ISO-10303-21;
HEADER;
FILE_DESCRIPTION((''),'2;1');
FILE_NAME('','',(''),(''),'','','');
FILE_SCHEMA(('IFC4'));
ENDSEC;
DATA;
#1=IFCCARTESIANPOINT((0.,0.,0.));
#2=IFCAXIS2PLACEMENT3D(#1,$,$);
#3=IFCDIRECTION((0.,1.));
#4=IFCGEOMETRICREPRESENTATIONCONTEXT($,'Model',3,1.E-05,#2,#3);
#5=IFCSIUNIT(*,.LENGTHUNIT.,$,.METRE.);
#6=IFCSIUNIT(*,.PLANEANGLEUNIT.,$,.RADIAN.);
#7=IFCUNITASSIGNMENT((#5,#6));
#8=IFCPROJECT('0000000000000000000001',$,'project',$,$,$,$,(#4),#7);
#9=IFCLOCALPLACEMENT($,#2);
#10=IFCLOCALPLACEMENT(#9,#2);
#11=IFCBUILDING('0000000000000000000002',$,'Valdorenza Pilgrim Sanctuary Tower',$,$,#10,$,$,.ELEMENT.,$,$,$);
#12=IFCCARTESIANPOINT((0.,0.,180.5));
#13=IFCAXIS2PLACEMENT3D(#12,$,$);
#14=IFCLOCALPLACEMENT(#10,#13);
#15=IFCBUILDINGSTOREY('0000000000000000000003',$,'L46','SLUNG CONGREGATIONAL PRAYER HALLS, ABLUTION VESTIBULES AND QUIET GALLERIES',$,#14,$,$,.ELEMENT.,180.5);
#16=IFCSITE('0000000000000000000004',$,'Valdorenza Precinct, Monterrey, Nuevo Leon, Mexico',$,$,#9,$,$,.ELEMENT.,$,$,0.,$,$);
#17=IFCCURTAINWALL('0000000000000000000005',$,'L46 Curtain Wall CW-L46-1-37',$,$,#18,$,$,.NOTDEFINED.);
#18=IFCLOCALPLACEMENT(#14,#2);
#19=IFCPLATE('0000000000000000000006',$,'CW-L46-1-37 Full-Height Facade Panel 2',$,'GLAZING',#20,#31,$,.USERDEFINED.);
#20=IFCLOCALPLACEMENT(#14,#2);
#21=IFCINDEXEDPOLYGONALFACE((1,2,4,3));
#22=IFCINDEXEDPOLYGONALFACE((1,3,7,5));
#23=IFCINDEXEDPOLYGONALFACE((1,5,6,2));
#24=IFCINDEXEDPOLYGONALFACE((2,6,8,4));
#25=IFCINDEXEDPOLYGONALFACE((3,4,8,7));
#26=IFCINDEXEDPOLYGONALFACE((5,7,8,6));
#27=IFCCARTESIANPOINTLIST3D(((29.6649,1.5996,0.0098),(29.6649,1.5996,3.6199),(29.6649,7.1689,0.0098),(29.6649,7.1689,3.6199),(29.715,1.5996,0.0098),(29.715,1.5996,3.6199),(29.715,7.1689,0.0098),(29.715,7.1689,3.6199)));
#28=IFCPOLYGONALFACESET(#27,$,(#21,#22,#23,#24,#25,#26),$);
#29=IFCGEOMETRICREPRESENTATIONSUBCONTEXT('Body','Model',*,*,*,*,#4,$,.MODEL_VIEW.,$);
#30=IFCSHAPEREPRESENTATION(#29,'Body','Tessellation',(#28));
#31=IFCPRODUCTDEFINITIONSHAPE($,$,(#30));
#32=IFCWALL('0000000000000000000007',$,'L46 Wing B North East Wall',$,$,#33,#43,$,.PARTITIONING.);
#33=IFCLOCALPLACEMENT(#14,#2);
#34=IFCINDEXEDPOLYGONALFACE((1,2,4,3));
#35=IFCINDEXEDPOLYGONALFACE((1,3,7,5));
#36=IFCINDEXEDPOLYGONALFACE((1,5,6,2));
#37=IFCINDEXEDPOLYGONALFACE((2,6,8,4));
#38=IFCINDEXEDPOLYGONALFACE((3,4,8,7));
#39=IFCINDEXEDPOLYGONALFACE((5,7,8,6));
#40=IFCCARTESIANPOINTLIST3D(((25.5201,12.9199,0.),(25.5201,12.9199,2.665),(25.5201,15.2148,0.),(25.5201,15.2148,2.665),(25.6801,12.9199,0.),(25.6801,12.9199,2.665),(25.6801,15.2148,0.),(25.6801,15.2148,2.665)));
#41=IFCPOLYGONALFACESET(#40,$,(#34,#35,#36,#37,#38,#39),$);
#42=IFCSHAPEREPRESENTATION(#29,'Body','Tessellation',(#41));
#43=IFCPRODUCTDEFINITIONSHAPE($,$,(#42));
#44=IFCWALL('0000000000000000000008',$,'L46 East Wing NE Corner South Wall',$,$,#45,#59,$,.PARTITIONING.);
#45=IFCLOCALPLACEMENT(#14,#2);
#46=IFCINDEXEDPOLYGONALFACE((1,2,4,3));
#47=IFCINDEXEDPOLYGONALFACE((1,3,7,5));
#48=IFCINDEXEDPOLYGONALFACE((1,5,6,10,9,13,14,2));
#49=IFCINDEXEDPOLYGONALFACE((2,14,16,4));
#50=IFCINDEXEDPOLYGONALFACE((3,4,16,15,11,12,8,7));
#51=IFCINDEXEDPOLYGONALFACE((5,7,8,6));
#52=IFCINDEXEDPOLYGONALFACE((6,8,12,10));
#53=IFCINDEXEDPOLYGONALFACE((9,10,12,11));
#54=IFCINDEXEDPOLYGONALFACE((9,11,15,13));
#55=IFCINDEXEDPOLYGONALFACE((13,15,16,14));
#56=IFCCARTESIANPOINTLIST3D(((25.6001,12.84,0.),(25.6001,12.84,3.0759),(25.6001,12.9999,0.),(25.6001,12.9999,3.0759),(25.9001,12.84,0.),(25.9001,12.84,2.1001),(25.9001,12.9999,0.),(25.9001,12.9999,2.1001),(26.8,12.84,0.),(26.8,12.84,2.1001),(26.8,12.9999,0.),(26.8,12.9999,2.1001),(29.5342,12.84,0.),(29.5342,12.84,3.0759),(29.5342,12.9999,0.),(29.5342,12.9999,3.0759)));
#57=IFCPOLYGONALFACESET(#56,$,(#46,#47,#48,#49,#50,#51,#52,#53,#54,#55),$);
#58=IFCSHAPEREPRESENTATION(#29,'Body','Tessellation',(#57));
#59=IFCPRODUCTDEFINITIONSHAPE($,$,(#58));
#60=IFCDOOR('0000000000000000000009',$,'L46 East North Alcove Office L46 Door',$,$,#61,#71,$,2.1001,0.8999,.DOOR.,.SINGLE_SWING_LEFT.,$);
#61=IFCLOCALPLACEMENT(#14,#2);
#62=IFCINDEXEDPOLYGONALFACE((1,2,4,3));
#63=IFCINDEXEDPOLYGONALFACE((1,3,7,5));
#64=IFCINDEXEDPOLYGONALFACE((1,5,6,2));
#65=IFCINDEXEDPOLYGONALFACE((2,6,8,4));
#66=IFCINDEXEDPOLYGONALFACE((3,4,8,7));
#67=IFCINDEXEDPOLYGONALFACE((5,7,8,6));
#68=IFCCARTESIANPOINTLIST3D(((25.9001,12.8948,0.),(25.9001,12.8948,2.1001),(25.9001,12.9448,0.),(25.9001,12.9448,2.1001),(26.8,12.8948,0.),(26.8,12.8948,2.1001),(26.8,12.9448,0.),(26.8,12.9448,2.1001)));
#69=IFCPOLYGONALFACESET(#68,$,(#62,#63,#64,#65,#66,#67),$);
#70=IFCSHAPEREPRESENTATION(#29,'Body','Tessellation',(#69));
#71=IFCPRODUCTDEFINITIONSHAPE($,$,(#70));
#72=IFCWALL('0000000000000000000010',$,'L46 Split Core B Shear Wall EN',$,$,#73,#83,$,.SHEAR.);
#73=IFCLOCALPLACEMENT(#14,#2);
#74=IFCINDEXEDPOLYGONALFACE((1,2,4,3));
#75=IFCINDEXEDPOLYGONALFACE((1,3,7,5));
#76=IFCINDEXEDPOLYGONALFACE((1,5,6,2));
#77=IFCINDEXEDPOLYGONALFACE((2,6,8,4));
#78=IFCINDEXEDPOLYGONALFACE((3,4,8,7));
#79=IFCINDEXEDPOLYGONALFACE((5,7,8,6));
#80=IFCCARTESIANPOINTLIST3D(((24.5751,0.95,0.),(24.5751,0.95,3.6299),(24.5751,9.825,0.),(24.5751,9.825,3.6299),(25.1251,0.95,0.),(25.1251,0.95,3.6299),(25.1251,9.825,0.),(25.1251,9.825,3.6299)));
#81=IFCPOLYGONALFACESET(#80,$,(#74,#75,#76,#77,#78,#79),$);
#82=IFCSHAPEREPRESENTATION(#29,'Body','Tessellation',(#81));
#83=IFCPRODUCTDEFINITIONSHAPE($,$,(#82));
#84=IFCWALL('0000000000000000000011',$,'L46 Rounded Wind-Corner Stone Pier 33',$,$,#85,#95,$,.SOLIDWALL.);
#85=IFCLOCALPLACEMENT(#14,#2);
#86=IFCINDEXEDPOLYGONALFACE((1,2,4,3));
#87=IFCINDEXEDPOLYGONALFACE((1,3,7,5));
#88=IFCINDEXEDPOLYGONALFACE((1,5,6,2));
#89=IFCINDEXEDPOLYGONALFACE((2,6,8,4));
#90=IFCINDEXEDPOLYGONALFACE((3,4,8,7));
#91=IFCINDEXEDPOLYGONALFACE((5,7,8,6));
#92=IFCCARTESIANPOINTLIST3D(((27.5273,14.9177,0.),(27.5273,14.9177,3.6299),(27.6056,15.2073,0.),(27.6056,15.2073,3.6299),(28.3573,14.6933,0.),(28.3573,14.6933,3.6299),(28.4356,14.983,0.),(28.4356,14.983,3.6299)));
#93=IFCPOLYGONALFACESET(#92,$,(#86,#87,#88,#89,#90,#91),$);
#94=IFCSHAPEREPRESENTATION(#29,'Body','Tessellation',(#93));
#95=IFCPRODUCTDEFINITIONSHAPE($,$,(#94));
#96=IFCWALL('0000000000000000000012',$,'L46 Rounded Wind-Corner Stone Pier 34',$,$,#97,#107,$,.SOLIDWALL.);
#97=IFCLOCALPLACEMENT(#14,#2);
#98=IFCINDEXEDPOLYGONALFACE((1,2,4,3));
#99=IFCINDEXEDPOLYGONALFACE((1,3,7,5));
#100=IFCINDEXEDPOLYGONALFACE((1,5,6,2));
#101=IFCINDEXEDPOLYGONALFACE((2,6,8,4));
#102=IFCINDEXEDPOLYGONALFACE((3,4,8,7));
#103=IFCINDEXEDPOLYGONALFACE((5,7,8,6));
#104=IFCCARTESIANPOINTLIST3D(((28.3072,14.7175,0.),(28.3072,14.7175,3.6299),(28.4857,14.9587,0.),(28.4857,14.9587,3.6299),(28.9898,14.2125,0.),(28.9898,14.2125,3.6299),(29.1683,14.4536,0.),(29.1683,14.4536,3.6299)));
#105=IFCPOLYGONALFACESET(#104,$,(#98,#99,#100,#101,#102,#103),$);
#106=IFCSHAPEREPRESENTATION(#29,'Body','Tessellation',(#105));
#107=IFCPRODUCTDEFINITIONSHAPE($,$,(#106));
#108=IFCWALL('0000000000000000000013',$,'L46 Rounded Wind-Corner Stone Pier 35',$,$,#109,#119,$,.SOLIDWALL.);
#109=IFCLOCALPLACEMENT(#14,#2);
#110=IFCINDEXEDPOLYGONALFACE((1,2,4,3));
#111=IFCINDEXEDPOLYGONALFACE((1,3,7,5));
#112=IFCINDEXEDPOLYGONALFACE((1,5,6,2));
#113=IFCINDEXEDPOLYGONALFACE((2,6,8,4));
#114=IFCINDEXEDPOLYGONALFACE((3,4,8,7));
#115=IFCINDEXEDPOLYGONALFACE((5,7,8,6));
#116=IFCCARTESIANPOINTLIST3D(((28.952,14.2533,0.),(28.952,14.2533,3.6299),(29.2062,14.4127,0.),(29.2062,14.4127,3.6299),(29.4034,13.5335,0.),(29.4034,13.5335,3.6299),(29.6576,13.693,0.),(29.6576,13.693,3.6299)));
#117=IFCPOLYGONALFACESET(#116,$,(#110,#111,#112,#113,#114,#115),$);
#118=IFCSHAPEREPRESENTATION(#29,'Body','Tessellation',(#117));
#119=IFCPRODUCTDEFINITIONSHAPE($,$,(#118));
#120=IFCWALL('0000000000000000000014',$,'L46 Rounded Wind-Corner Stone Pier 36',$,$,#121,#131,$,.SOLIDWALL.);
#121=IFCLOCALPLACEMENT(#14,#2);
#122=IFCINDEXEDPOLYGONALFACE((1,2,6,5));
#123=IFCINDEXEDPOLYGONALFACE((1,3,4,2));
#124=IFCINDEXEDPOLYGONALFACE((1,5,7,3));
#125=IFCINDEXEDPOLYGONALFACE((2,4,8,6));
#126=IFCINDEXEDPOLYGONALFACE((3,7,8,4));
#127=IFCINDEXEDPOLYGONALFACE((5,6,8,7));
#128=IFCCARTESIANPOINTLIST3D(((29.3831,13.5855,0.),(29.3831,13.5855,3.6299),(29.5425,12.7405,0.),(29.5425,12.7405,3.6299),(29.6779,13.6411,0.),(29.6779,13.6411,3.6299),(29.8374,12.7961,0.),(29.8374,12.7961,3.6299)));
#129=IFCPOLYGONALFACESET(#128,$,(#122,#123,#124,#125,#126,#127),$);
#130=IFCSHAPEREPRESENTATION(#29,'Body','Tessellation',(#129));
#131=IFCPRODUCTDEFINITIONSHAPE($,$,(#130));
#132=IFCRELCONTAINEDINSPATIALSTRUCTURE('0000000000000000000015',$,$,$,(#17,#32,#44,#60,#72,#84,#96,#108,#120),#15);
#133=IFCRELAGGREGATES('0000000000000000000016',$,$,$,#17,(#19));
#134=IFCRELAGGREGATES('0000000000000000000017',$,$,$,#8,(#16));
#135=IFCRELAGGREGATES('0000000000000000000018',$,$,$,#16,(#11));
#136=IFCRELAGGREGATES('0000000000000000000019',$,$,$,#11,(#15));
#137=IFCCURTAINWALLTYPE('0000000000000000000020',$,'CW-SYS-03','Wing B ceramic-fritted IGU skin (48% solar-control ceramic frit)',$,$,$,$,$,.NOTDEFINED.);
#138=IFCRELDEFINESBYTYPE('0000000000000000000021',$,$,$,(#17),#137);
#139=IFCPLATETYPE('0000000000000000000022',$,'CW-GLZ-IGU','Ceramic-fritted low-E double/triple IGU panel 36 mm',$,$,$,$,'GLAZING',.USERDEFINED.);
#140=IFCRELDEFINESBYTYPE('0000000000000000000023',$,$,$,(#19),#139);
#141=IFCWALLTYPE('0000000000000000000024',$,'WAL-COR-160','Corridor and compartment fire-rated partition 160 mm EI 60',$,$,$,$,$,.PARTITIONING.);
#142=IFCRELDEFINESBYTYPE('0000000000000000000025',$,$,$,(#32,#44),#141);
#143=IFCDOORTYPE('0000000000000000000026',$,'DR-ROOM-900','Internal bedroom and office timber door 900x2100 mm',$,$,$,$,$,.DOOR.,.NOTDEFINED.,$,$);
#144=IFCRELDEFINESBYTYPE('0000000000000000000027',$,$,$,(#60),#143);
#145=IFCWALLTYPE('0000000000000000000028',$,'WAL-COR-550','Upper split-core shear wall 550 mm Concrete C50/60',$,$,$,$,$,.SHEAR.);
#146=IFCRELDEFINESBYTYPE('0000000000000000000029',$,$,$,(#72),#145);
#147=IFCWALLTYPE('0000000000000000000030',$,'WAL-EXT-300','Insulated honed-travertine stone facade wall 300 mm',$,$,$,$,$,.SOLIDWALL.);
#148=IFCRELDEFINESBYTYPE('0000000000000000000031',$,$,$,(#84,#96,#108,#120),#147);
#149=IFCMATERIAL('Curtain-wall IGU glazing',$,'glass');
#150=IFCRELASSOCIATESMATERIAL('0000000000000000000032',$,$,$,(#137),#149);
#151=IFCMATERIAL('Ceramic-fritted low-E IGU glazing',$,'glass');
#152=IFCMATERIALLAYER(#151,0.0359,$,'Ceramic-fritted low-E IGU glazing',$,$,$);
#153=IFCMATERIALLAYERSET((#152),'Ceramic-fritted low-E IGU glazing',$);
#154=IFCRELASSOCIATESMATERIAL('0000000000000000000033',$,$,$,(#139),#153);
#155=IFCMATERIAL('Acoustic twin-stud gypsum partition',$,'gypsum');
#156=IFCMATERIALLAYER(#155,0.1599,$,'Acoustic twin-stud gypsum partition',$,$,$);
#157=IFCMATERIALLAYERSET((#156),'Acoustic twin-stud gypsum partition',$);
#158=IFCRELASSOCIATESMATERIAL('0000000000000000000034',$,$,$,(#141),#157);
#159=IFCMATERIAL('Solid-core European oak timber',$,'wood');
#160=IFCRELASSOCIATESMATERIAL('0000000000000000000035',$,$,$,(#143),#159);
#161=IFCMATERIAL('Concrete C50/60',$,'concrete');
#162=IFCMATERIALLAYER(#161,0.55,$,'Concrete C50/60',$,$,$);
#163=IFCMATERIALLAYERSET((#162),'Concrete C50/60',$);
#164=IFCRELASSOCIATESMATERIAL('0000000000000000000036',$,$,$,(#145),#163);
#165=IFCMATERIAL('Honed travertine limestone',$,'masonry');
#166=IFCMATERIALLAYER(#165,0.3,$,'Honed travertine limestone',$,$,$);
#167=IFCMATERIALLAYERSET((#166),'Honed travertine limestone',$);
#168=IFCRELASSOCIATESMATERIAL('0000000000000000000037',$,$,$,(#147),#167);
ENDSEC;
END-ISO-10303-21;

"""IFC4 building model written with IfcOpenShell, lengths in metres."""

from ifc_helpers import new_model, si_unit, direction, frame, frame_2d, origin, origin_2d, place, context, subcontext, project, spatial, rectangle, extrude, source, transform, mapped, material, layer, layer_set, type_object, element, fill, aggregate, save


model = new_model("IFC4")

# Units and contexts
model_context = context("Model", 3, precision=1e-05, world=origin(), true_north=direction((0.0, 1.0)))
body_context = subcontext(model_context, "Body", "Model", "MODEL_VIEW")
ifc_project = project(units=[si_unit("LENGTHUNIT", "METRE"), si_unit("PLANEANGLEUNIT", "RADIAN")], contexts=[model_context])

# Site, building, storey
site_placement = place(None, origin())
site = spatial("IfcSite", under=ifc_project, at=site_placement, Name="Valdorenza Precinct, Monterrey, Nuevo Leon, Mexico", CompositionType="ELEMENT", RefElevation=0.0)
building_placement = place(site_placement, origin())
building = spatial("IfcBuilding", under=site, at=building_placement, Name="Valdorenza Pilgrim Sanctuary Tower", CompositionType="ELEMENT")
storey_placement = place(building_placement, frame((0.0, 0.0, 180.5)))
storey = spatial("IfcBuildingStorey", under=building, at=storey_placement, Name="L46", Description="SLUNG CONGREGATIONAL PRAYER HALLS, ABLUTION VESTIBULES AND QUIET GALLERIES", CompositionType="ELEMENT", Elevation=180.5)

# Shared definitions
ifc_material_1 = material(Name="Concrete C50/60", Category="concrete")

# Curtain wall
ifc_material_2 = material(Name="Curtain-wall IGU glazing", Category="glass")
curtain_wall_type = type_object("IfcCurtainWallType", Name="CW-SYS-03", Description="Wing B ceramic-fritted IGU skin (48% solar-control ceramic frit)", PredefinedType="NOTDEFINED", material=ifc_material_2)
curtain_wall_1_placement = place(storey_placement, origin())
curtain_wall_1 = element("IfcCurtainWall", 1, at=curtain_wall_1_placement, inside=storey, type_object=curtain_wall_type, Name="L46 Curtain Wall CW-L46-1-37", PredefinedType="NOTDEFINED")

# Plate
ifc_material_3 = material(Name="Honed travertine limestone", Category="masonry")
ifc_material_4 = material(Name="Ceramic-fritted low-E IGU glazing", Category="glass")
ifc_layer_1 = layer(ifc_material_4, 0.0359, Name="Ceramic-fritted low-E IGU glazing")
ifc_layer_set_1 = layer_set([ifc_layer_1], Name="Ceramic-fritted low-E IGU glazing")
plate_type_1 = type_object("IfcPlateType", Name="CW-GLZ-IGU", Description="Ceramic-fritted low-E double/triple IGU panel 36 mm", ElementType="GLAZING", PredefinedType="USERDEFINED", material=ifc_layer_set_1)
shared_shape_1 = source(origin(), body_context, "Body", "SweptSolid", [
    extrude(rectangle(XDim=5.5693, YDim=0.05, at=origin_2d()), origin(), (0.0, 0.0, 1.0), 3.6101),
])
plate_1_placement = place(storey_placement, frame((29.6899, 4.3843, 0.0098), z_axis=(0.0, 0.0, 1.0), x_axis=(0.0, -1.0, 0.0)))
plate_1 = element("IfcPlate", 2, at=plate_1_placement, type_object=plate_type_1, Name="CW-L46-1-37 Full-Height Facade Panel 2", ObjectType="GLAZING", PredefinedType="USERDEFINED", context=body_context, shape_type="MappedRepresentation", body=[
    mapped(shared_shape_1, transform((0.0, 0.0, 0.0), x_axis=(1.0, 0.0, 0.0), y_axis=(0.0, 1.0, 0.0), z_axis=(0.0, 0.0, 1.0), scale=1.0)),
])
aggregate(curtain_wall_1, [plate_1])

# Wall
ifc_material_5 = material(Name="Acoustic twin-stud gypsum partition", Category="gypsum")
ifc_layer_2 = layer(ifc_material_5, 0.1599, Name="Acoustic twin-stud gypsum partition")
ifc_layer_set_2 = layer_set([ifc_layer_2], Name="Acoustic twin-stud gypsum partition")
wall_type_1 = type_object("IfcWallType", Name="WAL-COR-160", Description="Corridor and compartment fire-rated partition 160 mm EI 60", PredefinedType="PARTITIONING", material=ifc_layer_set_2)
wall_1_placement = place(storey_placement, frame((25.6001, 12.9199, 0.0), z_axis=(0.0, 0.0, 1.0), x_axis=(0.0, 1.0, 0.0)))
element("IfcWall", 3, at=wall_1_placement, inside=storey, type_object=wall_type_1, Name="L46 Wing B North East Wall", PredefinedType="PARTITIONING", context=body_context, shape_type="SweptSolid", body=[
    extrude(rectangle(XDim=2.2949, YDim=0.1599, at=frame_2d((1.1475, 0.0))), origin(), (0.0, 0.0, 1.0), 2.665),
])

# Wall, opening, door
wall_2_placement = place(storey_placement, frame((25.6001, 12.9199, 0.0), z_axis=(0.0, 0.0, 1.0), x_axis=(1.0, 0.0, 0.0)))
wall_2 = element("IfcWall", 4, at=wall_2_placement, inside=storey, type_object=wall_type_1, Name="L46 East Wing NE Corner South Wall", PredefinedType="PARTITIONING", context=body_context, shape_type="SweptSolid", body=[
    extrude(rectangle(XDim=3.9341, YDim=0.1599, at=frame_2d((1.967, 0.0))), origin(), (0.0, 0.0, 1.0), 3.0759),
])
opening_placement = place(wall_2_placement, frame((0.3, 0.0, 0.0)))
opening = element("IfcOpeningElement", 5, at=opening_placement, cuts=wall_2, PredefinedType="OPENING", context=body_context, shape_type="SweptSolid", body=[
    extrude(rectangle(XDim=0.8999, YDim=2.1001, at=frame_2d((0.45, 1.05))), frame((0.0, 0.0947, 0.0), z_axis=(0.0, -1.0, 0.0), x_axis=(1.0, 0.0, 0.0)), (0.0, 0.0, 1.0), 0.1897),
])
ifc_material_6 = material(Name="Solid-core European oak timber", Category="wood")
door_type = type_object("IfcDoorType", Name="DR-ROOM-900", Description="Internal bedroom and office timber door 900x2100 mm", OperationType="NOTDEFINED", PredefinedType="DOOR", material=ifc_material_6)
door_placement = place(opening_placement, origin())
door = element("IfcDoor", 6, at=door_placement, inside=storey, type_object=door_type, Name="L46 East North Alcove Office L46 Door", OperationType="SINGLE_SWING_LEFT", OverallHeight=2.1001, OverallWidth=0.8999, PredefinedType="DOOR", context=body_context, shape_type="SweptSolid", body=[
    extrude(rectangle(XDim=0.8999, YDim=2.1001, at=frame_2d((0.45, 1.05))), frame((0.0, 0.0249, 0.0), z_axis=(0.0, -1.0, 0.0), x_axis=(1.0, 0.0, 0.0)), (0.0, 0.0, 1.0), 0.05),
])
fill(opening, door)

# Walls
ifc_layer_3 = layer(ifc_material_1, 0.55, Name="Concrete C50/60")
ifc_layer_set_3 = layer_set([ifc_layer_3], Name="Concrete C50/60")
wall_type_2 = type_object("IfcWallType", Name="WAL-COR-550", Description="Upper split-core shear wall 550 mm Concrete C50/60", PredefinedType="SHEAR", material=ifc_layer_set_3)
wall_3_placement = place(storey_placement, frame((24.8501, 0.95, 0.0), z_axis=(0.0, 0.0, 1.0), x_axis=(0.0, 1.0, 0.0)))
element("IfcWall", 7, at=wall_3_placement, inside=storey, type_object=wall_type_2, Name="L46 Split Core B Shear Wall EN", PredefinedType="SHEAR", context=body_context, shape_type="SweptSolid", body=[
    extrude(rectangle(XDim=8.875, YDim=0.55, at=frame_2d((4.4375, 0.0))), origin(), (0.0, 0.0, 1.0), 3.6299),
])
ifc_layer_4 = layer(ifc_material_3, 0.3, Name="Honed travertine limestone")
ifc_layer_set_4 = layer_set([ifc_layer_4], Name="Honed travertine limestone")
wall_type_3 = type_object("IfcWallType", Name="WAL-EXT-300", Description="Insulated honed-travertine stone facade wall 300 mm", PredefinedType="SOLIDWALL", material=ifc_layer_set_4)
wall_4_placement = place(storey_placement, frame((27.5664, 15.0625, 0.0), z_axis=(0.0, 0.0, 1.0), x_axis=(0.965358, -0.26093, 0.0)))
element("IfcWall", 8, at=wall_4_placement, inside=storey, type_object=wall_type_3, Name="L46 Rounded Wind-Corner Stone Pier 33", PredefinedType="SOLIDWALL", context=body_context, shape_type="SweptSolid", body=[
    extrude(rectangle(XDim=0.8599, YDim=0.3, at=frame_2d((0.4299, 0.0))), origin(), (0.0, 0.0, 1.0), 3.6299),
])
wall_5_placement = place(storey_placement, frame((28.3965, 14.8381, 0.0), z_axis=(0.0, 0.0, 1.0), x_axis=(0.803847, -0.594836, 0.0)))
element("IfcWall", 9, at=wall_5_placement, inside=storey, type_object=wall_type_3, Name="L46 Rounded Wind-Corner Stone Pier 34", PredefinedType="SOLIDWALL", context=body_context, shape_type="SweptSolid", body=[
    extrude(rectangle(XDim=0.8491, YDim=0.3, at=frame_2d((0.4246, 0.0))), origin(), (0.0, 0.0, 1.0), 3.6299),
])
wall_6_placement = place(storey_placement, frame((29.0791, 14.333, 0.0), z_axis=(0.0, 0.0, 1.0), x_axis=(0.531341, -0.847158, 0.0)))
element("IfcWall", 10, at=wall_6_placement, inside=storey, type_object=wall_type_3, Name="L46 Rounded Wind-Corner Stone Pier 35", PredefinedType="SOLIDWALL", context=body_context, shape_type="SweptSolid", body=[
    extrude(rectangle(XDim=0.8496, YDim=0.3, at=frame_2d((0.4248, 0.0))), origin(), (0.0, 0.0, 1.0), 3.6299),
])
wall_7_placement = place(storey_placement, frame((29.5305, 13.6133, 0.0), z_axis=(0.0, 0.0, 1.0), x_axis=(0.185403, -0.982663, 0.0)))
element("IfcWall", 11, at=wall_7_placement, inside=storey, type_object=wall_type_3, Name="L46 Rounded Wind-Corner Stone Pier 36", PredefinedType="SOLIDWALL", context=body_context, shape_type="SweptSolid", body=[
    extrude(rectangle(XDim=0.8599, YDim=0.3, at=frame_2d((0.4299, 0.0))), origin(), (0.0, 0.0, 1.0), 3.6299),
])

save(model, "model.ifc")
